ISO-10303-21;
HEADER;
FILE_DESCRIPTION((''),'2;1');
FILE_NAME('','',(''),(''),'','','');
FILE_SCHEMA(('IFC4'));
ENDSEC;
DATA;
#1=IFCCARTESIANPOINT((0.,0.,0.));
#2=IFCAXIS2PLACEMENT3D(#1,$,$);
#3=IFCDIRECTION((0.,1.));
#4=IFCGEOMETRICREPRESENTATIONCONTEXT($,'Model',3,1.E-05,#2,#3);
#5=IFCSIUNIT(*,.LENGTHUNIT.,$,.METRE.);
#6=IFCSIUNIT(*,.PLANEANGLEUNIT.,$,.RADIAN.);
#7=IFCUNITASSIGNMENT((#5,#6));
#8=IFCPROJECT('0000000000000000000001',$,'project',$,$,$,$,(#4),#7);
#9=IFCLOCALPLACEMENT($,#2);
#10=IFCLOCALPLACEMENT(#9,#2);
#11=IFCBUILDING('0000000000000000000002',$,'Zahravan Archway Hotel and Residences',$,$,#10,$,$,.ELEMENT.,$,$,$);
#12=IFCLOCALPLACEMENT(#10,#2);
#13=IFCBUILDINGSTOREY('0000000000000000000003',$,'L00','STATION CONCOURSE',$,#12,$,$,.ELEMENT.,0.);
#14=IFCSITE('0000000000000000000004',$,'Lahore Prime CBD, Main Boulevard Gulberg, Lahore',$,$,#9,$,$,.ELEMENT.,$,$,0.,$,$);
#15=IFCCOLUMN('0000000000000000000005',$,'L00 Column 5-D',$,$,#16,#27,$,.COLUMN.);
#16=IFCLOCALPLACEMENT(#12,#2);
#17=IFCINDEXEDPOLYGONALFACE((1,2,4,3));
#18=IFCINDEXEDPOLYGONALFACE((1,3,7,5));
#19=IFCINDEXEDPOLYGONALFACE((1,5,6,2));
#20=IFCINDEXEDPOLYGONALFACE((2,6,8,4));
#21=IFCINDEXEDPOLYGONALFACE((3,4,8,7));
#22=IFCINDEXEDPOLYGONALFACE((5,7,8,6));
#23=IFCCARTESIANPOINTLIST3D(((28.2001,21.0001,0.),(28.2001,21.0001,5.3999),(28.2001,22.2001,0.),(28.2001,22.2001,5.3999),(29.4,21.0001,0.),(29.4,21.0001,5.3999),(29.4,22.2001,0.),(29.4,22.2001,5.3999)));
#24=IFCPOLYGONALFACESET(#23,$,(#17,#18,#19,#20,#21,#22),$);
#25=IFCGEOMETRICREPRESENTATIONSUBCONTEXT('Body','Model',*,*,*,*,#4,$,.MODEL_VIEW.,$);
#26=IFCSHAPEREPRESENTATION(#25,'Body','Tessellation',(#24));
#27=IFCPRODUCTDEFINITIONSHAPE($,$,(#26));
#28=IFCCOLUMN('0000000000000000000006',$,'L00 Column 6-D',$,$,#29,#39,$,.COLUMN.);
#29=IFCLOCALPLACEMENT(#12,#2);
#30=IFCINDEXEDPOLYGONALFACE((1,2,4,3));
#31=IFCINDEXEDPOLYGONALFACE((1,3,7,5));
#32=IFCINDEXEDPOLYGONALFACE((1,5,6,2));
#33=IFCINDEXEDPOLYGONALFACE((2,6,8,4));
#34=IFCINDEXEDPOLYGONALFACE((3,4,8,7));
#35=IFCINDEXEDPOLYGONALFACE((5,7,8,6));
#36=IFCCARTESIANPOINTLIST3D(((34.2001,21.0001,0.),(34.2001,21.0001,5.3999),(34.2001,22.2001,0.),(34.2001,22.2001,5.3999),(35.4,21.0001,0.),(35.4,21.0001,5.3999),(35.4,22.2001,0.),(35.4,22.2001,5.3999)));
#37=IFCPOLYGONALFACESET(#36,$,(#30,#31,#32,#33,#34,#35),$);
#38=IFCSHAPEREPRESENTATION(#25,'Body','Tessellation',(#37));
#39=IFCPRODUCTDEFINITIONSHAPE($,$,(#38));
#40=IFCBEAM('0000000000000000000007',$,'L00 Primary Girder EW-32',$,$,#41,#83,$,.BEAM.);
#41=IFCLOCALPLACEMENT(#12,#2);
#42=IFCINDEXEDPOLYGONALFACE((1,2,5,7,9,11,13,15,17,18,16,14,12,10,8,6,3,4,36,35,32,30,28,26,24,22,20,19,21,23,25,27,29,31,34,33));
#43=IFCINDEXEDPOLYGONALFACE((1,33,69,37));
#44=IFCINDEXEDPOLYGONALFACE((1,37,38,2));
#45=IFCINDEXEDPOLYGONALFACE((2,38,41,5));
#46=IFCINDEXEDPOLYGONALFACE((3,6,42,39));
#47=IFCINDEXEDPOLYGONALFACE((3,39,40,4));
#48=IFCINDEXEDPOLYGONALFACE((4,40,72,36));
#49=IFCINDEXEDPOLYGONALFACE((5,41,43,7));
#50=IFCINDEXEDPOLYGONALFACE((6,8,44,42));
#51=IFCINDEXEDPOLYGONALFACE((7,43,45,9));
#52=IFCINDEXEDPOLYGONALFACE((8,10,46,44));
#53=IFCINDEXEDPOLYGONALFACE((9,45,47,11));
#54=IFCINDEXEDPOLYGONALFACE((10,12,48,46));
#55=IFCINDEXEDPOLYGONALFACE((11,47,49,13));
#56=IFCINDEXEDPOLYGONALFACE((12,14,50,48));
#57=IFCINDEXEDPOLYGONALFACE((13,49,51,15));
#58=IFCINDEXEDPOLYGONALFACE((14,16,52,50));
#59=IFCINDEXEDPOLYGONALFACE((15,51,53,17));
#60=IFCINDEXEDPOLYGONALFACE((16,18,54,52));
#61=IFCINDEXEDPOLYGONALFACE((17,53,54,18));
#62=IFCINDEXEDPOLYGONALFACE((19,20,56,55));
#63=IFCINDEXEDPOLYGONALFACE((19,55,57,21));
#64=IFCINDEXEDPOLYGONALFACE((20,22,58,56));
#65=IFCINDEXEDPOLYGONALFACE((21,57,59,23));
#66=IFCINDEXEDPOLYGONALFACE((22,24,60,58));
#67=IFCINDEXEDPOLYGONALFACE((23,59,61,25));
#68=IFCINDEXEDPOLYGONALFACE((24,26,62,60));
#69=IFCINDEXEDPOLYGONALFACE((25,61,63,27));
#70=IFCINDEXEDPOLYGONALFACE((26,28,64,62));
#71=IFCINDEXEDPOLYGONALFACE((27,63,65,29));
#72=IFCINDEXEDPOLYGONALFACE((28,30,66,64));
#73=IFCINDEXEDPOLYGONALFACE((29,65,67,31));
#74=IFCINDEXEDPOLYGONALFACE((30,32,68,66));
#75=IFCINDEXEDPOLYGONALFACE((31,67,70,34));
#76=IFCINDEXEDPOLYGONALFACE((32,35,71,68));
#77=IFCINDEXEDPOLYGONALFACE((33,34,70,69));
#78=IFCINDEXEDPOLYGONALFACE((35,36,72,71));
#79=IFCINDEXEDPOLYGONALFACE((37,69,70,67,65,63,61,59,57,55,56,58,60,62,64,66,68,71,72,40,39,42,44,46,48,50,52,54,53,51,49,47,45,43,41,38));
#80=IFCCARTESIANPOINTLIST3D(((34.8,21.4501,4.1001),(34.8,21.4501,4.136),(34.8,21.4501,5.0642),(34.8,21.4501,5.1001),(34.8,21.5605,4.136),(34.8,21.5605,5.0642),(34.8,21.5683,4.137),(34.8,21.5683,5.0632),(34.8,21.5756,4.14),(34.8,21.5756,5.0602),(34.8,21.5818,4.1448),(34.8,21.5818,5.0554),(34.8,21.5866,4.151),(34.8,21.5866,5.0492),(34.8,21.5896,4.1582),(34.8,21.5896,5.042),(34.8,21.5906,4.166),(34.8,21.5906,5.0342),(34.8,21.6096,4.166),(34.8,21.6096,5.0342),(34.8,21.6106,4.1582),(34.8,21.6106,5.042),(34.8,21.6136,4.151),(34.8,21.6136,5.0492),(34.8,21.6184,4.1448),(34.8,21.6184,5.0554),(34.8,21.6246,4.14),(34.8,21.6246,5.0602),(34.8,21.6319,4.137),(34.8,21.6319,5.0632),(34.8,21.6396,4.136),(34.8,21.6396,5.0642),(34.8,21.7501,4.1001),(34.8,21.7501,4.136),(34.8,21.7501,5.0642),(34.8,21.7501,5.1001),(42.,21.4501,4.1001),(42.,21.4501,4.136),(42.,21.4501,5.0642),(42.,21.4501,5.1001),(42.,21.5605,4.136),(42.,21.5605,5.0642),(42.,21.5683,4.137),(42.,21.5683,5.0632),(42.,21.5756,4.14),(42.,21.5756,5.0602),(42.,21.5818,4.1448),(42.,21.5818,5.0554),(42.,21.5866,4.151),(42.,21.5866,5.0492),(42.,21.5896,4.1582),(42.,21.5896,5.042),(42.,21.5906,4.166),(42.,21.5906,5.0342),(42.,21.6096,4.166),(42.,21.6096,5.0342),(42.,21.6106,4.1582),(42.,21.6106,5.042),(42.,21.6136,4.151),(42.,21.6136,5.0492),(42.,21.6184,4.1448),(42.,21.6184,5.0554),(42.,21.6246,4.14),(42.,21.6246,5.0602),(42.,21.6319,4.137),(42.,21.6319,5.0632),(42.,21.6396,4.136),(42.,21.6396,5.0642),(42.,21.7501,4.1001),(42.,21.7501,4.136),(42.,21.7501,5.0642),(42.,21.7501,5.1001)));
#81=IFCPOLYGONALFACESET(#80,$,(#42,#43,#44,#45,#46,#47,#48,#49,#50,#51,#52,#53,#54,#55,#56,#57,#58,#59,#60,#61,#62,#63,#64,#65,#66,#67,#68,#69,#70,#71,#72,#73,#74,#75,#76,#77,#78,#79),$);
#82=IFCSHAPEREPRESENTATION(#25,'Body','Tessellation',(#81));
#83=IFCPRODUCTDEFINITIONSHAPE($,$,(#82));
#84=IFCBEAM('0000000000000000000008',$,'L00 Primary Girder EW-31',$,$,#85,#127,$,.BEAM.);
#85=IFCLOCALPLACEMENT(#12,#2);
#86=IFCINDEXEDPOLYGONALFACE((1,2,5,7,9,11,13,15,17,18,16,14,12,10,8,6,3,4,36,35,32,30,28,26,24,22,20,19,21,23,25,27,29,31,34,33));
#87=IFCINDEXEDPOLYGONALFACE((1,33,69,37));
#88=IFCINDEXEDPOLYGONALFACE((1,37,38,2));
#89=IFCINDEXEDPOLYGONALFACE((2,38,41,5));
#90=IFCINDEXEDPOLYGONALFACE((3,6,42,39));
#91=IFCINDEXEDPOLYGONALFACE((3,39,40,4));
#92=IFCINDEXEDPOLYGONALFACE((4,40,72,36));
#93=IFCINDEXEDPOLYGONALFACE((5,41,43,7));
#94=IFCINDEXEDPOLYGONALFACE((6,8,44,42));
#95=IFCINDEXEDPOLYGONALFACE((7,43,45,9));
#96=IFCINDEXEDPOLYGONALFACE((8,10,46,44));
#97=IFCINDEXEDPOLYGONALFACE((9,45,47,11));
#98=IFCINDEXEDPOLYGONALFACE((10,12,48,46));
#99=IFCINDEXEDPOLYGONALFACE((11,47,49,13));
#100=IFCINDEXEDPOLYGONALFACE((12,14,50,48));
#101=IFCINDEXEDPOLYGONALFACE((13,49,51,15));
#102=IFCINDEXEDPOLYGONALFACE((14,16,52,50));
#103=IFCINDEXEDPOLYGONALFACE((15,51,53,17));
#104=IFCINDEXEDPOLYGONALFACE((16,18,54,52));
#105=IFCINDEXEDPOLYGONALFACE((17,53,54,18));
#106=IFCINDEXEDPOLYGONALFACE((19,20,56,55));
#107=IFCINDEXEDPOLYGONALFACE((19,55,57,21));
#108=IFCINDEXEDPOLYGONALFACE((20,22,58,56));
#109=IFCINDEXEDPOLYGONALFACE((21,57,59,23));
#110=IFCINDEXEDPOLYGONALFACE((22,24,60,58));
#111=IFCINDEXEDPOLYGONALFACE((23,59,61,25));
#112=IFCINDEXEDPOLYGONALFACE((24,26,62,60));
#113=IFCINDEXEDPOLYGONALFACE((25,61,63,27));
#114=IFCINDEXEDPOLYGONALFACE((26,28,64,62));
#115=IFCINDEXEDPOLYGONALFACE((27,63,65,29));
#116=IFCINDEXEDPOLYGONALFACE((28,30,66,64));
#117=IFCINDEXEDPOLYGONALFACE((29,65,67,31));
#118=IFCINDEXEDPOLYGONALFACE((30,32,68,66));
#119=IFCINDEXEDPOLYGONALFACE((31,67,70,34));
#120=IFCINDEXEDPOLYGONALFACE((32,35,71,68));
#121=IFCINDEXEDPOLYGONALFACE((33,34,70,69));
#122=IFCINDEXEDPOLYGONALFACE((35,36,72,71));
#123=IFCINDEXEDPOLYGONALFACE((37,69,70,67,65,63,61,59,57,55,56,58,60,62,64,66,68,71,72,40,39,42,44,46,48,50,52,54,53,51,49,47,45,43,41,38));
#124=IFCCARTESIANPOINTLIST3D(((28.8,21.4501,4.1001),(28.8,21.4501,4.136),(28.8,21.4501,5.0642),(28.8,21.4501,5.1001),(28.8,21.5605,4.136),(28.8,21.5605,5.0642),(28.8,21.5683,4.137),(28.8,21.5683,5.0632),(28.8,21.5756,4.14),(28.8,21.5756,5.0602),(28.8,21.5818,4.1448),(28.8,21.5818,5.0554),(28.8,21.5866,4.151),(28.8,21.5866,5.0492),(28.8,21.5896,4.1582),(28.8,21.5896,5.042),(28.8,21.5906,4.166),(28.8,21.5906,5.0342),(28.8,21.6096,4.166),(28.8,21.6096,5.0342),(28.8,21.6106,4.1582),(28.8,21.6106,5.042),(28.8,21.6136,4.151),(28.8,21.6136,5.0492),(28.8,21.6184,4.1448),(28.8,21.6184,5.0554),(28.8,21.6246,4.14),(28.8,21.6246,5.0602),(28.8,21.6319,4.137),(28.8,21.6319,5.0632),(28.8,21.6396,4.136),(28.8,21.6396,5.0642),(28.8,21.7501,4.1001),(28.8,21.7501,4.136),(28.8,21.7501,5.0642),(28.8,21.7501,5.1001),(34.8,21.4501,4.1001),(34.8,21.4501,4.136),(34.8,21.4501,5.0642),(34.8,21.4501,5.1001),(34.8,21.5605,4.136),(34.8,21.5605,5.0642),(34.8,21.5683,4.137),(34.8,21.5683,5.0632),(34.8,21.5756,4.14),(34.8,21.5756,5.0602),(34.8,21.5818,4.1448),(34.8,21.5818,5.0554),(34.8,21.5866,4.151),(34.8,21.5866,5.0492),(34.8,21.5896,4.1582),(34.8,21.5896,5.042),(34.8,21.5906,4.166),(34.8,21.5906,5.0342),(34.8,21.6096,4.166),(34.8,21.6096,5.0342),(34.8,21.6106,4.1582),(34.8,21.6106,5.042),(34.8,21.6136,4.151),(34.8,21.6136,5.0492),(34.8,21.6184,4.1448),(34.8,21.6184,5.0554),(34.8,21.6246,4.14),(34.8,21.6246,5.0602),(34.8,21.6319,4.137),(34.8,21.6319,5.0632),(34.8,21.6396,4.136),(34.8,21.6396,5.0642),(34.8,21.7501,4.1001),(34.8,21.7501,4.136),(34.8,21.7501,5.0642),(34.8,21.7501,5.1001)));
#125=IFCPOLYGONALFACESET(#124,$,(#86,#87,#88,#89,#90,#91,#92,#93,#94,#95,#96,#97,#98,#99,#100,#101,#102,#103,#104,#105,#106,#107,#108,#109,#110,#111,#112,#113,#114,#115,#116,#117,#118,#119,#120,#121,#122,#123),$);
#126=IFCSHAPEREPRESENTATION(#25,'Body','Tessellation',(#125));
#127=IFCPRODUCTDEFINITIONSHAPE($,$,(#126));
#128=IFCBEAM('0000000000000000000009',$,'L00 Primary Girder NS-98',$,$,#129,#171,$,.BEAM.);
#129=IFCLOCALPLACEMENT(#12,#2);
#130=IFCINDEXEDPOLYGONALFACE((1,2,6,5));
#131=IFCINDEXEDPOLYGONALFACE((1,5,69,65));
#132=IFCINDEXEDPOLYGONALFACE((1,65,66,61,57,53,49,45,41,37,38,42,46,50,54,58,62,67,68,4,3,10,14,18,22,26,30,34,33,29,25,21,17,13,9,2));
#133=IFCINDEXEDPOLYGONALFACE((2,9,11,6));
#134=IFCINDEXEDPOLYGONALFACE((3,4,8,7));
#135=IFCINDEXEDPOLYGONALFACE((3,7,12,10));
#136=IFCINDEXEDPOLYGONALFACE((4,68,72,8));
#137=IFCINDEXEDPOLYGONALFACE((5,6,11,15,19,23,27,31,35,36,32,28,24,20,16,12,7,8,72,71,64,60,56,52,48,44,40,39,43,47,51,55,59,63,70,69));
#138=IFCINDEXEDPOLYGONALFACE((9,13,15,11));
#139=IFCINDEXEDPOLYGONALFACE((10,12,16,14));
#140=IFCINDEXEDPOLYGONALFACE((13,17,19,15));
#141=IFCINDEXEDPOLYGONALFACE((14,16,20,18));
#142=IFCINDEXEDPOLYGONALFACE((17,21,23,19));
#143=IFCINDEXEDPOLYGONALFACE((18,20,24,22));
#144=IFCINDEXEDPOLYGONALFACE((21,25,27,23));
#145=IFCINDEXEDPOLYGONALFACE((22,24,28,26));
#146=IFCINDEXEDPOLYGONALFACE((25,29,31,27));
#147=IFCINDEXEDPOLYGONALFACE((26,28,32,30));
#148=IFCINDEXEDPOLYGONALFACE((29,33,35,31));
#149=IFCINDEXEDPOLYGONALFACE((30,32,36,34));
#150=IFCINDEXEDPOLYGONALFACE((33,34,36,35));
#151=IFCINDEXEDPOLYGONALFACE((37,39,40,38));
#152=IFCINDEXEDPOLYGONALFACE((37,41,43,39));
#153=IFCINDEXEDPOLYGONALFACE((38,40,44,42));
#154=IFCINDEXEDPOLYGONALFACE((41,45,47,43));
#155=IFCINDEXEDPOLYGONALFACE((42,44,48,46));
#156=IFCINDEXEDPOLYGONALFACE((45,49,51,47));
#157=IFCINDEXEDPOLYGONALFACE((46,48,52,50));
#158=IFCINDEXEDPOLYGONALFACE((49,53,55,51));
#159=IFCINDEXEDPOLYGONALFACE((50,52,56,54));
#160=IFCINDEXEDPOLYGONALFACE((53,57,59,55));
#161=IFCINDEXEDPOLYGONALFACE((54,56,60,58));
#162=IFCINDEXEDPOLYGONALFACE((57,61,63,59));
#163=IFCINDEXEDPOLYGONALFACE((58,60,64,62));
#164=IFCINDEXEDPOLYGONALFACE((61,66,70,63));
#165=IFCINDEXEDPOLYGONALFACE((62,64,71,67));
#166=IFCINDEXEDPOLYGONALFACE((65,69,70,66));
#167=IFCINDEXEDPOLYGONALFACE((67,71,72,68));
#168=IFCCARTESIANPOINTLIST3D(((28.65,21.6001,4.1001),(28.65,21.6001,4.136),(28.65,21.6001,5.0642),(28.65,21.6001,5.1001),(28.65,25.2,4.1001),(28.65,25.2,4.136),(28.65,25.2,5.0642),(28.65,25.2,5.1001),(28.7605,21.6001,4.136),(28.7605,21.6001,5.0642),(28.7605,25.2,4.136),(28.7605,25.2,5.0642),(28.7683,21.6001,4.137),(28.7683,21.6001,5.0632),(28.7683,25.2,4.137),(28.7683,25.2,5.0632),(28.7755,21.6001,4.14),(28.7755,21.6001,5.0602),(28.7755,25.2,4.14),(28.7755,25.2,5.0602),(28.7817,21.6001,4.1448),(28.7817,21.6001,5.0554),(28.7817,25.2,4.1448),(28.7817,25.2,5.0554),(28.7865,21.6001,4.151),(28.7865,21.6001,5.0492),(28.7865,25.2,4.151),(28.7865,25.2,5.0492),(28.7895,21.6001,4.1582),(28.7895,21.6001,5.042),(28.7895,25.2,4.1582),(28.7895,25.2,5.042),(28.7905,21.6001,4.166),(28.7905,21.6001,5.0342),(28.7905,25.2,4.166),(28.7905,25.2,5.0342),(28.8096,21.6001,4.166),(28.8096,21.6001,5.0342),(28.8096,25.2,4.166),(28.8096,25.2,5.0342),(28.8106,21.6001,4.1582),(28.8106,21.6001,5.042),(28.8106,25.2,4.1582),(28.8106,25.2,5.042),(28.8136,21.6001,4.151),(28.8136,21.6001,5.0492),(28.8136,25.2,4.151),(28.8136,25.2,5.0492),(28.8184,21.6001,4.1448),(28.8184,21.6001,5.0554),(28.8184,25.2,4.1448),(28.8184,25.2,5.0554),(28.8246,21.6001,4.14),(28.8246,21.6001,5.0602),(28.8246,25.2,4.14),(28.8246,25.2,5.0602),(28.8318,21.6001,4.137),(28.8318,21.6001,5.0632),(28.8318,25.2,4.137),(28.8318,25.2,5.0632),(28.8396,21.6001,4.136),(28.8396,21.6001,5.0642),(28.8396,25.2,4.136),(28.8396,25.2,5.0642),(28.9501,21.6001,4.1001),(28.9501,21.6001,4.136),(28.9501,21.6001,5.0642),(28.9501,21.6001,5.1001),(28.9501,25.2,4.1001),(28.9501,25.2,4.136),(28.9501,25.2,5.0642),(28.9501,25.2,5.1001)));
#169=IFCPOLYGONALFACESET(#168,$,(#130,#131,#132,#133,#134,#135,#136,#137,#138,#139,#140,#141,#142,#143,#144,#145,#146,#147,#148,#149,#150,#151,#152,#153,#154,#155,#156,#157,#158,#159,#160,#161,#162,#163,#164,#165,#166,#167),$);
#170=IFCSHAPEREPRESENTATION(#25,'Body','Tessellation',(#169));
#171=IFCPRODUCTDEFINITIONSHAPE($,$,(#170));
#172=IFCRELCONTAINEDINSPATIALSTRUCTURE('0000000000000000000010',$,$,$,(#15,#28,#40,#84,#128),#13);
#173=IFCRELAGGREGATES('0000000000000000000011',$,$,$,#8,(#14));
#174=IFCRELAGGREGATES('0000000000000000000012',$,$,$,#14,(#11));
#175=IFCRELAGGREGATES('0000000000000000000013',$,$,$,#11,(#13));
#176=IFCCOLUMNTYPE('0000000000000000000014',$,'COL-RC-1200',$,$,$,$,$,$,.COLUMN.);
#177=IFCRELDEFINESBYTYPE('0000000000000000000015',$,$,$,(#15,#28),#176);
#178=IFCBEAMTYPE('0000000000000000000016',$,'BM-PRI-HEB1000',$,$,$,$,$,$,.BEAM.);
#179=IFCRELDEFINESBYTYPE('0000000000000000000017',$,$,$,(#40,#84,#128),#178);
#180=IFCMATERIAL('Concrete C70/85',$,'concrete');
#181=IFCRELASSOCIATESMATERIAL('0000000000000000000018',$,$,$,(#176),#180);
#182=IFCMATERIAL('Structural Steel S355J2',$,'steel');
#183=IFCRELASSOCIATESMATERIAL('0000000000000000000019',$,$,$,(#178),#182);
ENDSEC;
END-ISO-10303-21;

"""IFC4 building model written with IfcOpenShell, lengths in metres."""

from ifc_helpers import new_model, si_unit, direction, frame, origin, origin_2d, place, context, subcontext, project, spatial, rectangle, i_section, extrude, source, transform, mapped, material, material_profile, profile_set, type_object, element, save


model = new_model("IFC4")

# Units and contexts
model_context = context("Model", 3, precision=1e-05, world=origin(), true_north=direction((0.0, 1.0)))
body_context = subcontext(model_context, "Body", "Model", "MODEL_VIEW")
ifc_project = project(units=[si_unit("LENGTHUNIT", "METRE"), si_unit("PLANEANGLEUNIT", "RADIAN")], contexts=[model_context])

# Site, building, storey
site_placement = place(None, origin())
site = spatial("IfcSite", under=ifc_project, at=site_placement, Name="Lahore Prime CBD, Main Boulevard Gulberg, Lahore", CompositionType="ELEMENT", RefElevation=0.0)
building_placement = place(site_placement, origin())
building = spatial("IfcBuilding", under=site, at=building_placement, Name="Zahravan Archway Hotel and Residences", CompositionType="ELEMENT")
storey_placement = place(building_placement, origin())
storey = spatial("IfcBuildingStorey", under=building, at=storey_placement, Name="L00", Description="STATION CONCOURSE", CompositionType="ELEMENT", Elevation=0.0)

# Columns
ifc_material_1 = material(Name="Concrete C70/85", Category="concrete")
ifc_material_profile_1 = material_profile(ifc_material_1, rectangle(XDim=1.2, YDim=1.2, at=origin_2d()), Name="RC-COL-1200x1200", Category="concrete")
ifc_profile_set_1 = profile_set([ifc_material_profile_1], Name="Concrete C70/85")
column_type = type_object("IfcColumnType", Name="COL-RC-1200", PredefinedType="COLUMN", material=ifc_profile_set_1)
shared_shape_1 = source(origin(), body_context, "Body", "SweptSolid", [
    extrude(rectangle(XDim=1.2, YDim=1.2, at=origin_2d()), origin(), (0.0, 0.0, 1.0), 5.3999),
])
for number, where, z_axis, x_axis, name in (
    (1, (28.8, 21.6001, 0.0), (0.0, 0.0, 1.0), (1.0, 0.0, 0.0), "L00 Column 5-D"),
    (2, (34.8, 21.6001, 0.0), (0.0, 0.0, 1.0), (1.0, 0.0, 0.0), "L00 Column 6-D"),
):
    element("IfcColumn", number, at=place(storey_placement, frame(where, z_axis=z_axis, x_axis=x_axis)), inside=storey, type_object=column_type, Name=name, PredefinedType="COLUMN", context=body_context, shape_type="MappedRepresentation", body=[
        mapped(shared_shape_1, transform((0.0, 0.0, 0.0), scale=1.0)),
    ])

# Beams
ifc_material_2 = material(Name="Structural Steel S355J2", Category="steel")
ifc_material_profile_2 = material_profile(ifc_material_2, i_section(OverallWidth=0.3, OverallDepth=1.0, WebThickness=0.019, FlangeThickness=0.0359, FilletRadius=0.03, at=origin_2d()), Name="HEB 1000", Category="steel")
ifc_profile_set_2 = profile_set([ifc_material_profile_2], Name="Structural Steel S355J2")
beam_type_1 = type_object("IfcBeamType", Name="BM-PRI-HEB1000", PredefinedType="BEAM", material=ifc_profile_set_2)
shared_shape_2 = source(origin(), body_context, "Body", "SweptSolid", [
    extrude(i_section(OverallWidth=0.3, OverallDepth=1.0, WebThickness=0.019, FlangeThickness=0.0359, FilletRadius=0.03, at=origin_2d()), origin(), (0.0, 0.0, 1.0), 7.2),
])
beam_1_placement = place(storey_placement, frame((34.8, 21.6001, 4.6001), z_axis=(1.0, 0.0, 0.0), x_axis=(0.0, 1.0, 0.0)))
element("IfcBeam", 3, at=beam_1_placement, inside=storey, type_object=beam_type_1, Name="L00 Primary Girder EW-32", PredefinedType="BEAM", context=body_context, shape_type="MappedRepresentation", body=[
    mapped(shared_shape_2, transform((0.0, 0.0, 0.0), scale=1.0)),
])
shared_shape_3 = source(origin(), body_context, "Body", "SweptSolid", [
    extrude(i_section(OverallWidth=0.3, OverallDepth=1.0, WebThickness=0.019, FlangeThickness=0.0359, FilletRadius=0.03, at=origin_2d()), origin(), (0.0, 0.0, 1.0), 6.0),
])
beam_2_placement = place(storey_placement, frame((28.8, 21.6001, 4.6001), z_axis=(1.0, 0.0, 0.0), x_axis=(0.0, 1.0, 0.0)))
element("IfcBeam", 4, at=beam_2_placement, inside=storey, type_object=beam_type_1, Name="L00 Primary Girder EW-31", PredefinedType="BEAM", context=body_context, shape_type="MappedRepresentation", body=[
    mapped(shared_shape_3, transform((0.0, 0.0, 0.0), scale=1.0)),
])
shared_shape_4 = source(origin(), body_context, "Body", "SweptSolid", [
    extrude(i_section(OverallWidth=0.3, OverallDepth=1.0, WebThickness=0.019, FlangeThickness=0.0359, FilletRadius=0.03, at=origin_2d()), origin(), (0.0, 0.0, 1.0), 3.5999),
])
for number, where, z_axis, x_axis, name in (
    (5, (28.8, 21.6001, 4.6001), (0.0, 1.0, 0.0), (-1.0, 0.0, 0.0), "L00 Primary Girder NS-98"),
):
    element("IfcBeam", number, at=place(storey_placement, frame(where, z_axis=z_axis, x_axis=x_axis)), inside=storey, type_object=beam_type_1, Name=name, PredefinedType="BEAM", context=body_context, shape_type="MappedRepresentation", body=[
        mapped(shared_shape_4, transform((0.0, 0.0, 0.0), scale=1.0)),
    ])

save(model, "model.ifc")
